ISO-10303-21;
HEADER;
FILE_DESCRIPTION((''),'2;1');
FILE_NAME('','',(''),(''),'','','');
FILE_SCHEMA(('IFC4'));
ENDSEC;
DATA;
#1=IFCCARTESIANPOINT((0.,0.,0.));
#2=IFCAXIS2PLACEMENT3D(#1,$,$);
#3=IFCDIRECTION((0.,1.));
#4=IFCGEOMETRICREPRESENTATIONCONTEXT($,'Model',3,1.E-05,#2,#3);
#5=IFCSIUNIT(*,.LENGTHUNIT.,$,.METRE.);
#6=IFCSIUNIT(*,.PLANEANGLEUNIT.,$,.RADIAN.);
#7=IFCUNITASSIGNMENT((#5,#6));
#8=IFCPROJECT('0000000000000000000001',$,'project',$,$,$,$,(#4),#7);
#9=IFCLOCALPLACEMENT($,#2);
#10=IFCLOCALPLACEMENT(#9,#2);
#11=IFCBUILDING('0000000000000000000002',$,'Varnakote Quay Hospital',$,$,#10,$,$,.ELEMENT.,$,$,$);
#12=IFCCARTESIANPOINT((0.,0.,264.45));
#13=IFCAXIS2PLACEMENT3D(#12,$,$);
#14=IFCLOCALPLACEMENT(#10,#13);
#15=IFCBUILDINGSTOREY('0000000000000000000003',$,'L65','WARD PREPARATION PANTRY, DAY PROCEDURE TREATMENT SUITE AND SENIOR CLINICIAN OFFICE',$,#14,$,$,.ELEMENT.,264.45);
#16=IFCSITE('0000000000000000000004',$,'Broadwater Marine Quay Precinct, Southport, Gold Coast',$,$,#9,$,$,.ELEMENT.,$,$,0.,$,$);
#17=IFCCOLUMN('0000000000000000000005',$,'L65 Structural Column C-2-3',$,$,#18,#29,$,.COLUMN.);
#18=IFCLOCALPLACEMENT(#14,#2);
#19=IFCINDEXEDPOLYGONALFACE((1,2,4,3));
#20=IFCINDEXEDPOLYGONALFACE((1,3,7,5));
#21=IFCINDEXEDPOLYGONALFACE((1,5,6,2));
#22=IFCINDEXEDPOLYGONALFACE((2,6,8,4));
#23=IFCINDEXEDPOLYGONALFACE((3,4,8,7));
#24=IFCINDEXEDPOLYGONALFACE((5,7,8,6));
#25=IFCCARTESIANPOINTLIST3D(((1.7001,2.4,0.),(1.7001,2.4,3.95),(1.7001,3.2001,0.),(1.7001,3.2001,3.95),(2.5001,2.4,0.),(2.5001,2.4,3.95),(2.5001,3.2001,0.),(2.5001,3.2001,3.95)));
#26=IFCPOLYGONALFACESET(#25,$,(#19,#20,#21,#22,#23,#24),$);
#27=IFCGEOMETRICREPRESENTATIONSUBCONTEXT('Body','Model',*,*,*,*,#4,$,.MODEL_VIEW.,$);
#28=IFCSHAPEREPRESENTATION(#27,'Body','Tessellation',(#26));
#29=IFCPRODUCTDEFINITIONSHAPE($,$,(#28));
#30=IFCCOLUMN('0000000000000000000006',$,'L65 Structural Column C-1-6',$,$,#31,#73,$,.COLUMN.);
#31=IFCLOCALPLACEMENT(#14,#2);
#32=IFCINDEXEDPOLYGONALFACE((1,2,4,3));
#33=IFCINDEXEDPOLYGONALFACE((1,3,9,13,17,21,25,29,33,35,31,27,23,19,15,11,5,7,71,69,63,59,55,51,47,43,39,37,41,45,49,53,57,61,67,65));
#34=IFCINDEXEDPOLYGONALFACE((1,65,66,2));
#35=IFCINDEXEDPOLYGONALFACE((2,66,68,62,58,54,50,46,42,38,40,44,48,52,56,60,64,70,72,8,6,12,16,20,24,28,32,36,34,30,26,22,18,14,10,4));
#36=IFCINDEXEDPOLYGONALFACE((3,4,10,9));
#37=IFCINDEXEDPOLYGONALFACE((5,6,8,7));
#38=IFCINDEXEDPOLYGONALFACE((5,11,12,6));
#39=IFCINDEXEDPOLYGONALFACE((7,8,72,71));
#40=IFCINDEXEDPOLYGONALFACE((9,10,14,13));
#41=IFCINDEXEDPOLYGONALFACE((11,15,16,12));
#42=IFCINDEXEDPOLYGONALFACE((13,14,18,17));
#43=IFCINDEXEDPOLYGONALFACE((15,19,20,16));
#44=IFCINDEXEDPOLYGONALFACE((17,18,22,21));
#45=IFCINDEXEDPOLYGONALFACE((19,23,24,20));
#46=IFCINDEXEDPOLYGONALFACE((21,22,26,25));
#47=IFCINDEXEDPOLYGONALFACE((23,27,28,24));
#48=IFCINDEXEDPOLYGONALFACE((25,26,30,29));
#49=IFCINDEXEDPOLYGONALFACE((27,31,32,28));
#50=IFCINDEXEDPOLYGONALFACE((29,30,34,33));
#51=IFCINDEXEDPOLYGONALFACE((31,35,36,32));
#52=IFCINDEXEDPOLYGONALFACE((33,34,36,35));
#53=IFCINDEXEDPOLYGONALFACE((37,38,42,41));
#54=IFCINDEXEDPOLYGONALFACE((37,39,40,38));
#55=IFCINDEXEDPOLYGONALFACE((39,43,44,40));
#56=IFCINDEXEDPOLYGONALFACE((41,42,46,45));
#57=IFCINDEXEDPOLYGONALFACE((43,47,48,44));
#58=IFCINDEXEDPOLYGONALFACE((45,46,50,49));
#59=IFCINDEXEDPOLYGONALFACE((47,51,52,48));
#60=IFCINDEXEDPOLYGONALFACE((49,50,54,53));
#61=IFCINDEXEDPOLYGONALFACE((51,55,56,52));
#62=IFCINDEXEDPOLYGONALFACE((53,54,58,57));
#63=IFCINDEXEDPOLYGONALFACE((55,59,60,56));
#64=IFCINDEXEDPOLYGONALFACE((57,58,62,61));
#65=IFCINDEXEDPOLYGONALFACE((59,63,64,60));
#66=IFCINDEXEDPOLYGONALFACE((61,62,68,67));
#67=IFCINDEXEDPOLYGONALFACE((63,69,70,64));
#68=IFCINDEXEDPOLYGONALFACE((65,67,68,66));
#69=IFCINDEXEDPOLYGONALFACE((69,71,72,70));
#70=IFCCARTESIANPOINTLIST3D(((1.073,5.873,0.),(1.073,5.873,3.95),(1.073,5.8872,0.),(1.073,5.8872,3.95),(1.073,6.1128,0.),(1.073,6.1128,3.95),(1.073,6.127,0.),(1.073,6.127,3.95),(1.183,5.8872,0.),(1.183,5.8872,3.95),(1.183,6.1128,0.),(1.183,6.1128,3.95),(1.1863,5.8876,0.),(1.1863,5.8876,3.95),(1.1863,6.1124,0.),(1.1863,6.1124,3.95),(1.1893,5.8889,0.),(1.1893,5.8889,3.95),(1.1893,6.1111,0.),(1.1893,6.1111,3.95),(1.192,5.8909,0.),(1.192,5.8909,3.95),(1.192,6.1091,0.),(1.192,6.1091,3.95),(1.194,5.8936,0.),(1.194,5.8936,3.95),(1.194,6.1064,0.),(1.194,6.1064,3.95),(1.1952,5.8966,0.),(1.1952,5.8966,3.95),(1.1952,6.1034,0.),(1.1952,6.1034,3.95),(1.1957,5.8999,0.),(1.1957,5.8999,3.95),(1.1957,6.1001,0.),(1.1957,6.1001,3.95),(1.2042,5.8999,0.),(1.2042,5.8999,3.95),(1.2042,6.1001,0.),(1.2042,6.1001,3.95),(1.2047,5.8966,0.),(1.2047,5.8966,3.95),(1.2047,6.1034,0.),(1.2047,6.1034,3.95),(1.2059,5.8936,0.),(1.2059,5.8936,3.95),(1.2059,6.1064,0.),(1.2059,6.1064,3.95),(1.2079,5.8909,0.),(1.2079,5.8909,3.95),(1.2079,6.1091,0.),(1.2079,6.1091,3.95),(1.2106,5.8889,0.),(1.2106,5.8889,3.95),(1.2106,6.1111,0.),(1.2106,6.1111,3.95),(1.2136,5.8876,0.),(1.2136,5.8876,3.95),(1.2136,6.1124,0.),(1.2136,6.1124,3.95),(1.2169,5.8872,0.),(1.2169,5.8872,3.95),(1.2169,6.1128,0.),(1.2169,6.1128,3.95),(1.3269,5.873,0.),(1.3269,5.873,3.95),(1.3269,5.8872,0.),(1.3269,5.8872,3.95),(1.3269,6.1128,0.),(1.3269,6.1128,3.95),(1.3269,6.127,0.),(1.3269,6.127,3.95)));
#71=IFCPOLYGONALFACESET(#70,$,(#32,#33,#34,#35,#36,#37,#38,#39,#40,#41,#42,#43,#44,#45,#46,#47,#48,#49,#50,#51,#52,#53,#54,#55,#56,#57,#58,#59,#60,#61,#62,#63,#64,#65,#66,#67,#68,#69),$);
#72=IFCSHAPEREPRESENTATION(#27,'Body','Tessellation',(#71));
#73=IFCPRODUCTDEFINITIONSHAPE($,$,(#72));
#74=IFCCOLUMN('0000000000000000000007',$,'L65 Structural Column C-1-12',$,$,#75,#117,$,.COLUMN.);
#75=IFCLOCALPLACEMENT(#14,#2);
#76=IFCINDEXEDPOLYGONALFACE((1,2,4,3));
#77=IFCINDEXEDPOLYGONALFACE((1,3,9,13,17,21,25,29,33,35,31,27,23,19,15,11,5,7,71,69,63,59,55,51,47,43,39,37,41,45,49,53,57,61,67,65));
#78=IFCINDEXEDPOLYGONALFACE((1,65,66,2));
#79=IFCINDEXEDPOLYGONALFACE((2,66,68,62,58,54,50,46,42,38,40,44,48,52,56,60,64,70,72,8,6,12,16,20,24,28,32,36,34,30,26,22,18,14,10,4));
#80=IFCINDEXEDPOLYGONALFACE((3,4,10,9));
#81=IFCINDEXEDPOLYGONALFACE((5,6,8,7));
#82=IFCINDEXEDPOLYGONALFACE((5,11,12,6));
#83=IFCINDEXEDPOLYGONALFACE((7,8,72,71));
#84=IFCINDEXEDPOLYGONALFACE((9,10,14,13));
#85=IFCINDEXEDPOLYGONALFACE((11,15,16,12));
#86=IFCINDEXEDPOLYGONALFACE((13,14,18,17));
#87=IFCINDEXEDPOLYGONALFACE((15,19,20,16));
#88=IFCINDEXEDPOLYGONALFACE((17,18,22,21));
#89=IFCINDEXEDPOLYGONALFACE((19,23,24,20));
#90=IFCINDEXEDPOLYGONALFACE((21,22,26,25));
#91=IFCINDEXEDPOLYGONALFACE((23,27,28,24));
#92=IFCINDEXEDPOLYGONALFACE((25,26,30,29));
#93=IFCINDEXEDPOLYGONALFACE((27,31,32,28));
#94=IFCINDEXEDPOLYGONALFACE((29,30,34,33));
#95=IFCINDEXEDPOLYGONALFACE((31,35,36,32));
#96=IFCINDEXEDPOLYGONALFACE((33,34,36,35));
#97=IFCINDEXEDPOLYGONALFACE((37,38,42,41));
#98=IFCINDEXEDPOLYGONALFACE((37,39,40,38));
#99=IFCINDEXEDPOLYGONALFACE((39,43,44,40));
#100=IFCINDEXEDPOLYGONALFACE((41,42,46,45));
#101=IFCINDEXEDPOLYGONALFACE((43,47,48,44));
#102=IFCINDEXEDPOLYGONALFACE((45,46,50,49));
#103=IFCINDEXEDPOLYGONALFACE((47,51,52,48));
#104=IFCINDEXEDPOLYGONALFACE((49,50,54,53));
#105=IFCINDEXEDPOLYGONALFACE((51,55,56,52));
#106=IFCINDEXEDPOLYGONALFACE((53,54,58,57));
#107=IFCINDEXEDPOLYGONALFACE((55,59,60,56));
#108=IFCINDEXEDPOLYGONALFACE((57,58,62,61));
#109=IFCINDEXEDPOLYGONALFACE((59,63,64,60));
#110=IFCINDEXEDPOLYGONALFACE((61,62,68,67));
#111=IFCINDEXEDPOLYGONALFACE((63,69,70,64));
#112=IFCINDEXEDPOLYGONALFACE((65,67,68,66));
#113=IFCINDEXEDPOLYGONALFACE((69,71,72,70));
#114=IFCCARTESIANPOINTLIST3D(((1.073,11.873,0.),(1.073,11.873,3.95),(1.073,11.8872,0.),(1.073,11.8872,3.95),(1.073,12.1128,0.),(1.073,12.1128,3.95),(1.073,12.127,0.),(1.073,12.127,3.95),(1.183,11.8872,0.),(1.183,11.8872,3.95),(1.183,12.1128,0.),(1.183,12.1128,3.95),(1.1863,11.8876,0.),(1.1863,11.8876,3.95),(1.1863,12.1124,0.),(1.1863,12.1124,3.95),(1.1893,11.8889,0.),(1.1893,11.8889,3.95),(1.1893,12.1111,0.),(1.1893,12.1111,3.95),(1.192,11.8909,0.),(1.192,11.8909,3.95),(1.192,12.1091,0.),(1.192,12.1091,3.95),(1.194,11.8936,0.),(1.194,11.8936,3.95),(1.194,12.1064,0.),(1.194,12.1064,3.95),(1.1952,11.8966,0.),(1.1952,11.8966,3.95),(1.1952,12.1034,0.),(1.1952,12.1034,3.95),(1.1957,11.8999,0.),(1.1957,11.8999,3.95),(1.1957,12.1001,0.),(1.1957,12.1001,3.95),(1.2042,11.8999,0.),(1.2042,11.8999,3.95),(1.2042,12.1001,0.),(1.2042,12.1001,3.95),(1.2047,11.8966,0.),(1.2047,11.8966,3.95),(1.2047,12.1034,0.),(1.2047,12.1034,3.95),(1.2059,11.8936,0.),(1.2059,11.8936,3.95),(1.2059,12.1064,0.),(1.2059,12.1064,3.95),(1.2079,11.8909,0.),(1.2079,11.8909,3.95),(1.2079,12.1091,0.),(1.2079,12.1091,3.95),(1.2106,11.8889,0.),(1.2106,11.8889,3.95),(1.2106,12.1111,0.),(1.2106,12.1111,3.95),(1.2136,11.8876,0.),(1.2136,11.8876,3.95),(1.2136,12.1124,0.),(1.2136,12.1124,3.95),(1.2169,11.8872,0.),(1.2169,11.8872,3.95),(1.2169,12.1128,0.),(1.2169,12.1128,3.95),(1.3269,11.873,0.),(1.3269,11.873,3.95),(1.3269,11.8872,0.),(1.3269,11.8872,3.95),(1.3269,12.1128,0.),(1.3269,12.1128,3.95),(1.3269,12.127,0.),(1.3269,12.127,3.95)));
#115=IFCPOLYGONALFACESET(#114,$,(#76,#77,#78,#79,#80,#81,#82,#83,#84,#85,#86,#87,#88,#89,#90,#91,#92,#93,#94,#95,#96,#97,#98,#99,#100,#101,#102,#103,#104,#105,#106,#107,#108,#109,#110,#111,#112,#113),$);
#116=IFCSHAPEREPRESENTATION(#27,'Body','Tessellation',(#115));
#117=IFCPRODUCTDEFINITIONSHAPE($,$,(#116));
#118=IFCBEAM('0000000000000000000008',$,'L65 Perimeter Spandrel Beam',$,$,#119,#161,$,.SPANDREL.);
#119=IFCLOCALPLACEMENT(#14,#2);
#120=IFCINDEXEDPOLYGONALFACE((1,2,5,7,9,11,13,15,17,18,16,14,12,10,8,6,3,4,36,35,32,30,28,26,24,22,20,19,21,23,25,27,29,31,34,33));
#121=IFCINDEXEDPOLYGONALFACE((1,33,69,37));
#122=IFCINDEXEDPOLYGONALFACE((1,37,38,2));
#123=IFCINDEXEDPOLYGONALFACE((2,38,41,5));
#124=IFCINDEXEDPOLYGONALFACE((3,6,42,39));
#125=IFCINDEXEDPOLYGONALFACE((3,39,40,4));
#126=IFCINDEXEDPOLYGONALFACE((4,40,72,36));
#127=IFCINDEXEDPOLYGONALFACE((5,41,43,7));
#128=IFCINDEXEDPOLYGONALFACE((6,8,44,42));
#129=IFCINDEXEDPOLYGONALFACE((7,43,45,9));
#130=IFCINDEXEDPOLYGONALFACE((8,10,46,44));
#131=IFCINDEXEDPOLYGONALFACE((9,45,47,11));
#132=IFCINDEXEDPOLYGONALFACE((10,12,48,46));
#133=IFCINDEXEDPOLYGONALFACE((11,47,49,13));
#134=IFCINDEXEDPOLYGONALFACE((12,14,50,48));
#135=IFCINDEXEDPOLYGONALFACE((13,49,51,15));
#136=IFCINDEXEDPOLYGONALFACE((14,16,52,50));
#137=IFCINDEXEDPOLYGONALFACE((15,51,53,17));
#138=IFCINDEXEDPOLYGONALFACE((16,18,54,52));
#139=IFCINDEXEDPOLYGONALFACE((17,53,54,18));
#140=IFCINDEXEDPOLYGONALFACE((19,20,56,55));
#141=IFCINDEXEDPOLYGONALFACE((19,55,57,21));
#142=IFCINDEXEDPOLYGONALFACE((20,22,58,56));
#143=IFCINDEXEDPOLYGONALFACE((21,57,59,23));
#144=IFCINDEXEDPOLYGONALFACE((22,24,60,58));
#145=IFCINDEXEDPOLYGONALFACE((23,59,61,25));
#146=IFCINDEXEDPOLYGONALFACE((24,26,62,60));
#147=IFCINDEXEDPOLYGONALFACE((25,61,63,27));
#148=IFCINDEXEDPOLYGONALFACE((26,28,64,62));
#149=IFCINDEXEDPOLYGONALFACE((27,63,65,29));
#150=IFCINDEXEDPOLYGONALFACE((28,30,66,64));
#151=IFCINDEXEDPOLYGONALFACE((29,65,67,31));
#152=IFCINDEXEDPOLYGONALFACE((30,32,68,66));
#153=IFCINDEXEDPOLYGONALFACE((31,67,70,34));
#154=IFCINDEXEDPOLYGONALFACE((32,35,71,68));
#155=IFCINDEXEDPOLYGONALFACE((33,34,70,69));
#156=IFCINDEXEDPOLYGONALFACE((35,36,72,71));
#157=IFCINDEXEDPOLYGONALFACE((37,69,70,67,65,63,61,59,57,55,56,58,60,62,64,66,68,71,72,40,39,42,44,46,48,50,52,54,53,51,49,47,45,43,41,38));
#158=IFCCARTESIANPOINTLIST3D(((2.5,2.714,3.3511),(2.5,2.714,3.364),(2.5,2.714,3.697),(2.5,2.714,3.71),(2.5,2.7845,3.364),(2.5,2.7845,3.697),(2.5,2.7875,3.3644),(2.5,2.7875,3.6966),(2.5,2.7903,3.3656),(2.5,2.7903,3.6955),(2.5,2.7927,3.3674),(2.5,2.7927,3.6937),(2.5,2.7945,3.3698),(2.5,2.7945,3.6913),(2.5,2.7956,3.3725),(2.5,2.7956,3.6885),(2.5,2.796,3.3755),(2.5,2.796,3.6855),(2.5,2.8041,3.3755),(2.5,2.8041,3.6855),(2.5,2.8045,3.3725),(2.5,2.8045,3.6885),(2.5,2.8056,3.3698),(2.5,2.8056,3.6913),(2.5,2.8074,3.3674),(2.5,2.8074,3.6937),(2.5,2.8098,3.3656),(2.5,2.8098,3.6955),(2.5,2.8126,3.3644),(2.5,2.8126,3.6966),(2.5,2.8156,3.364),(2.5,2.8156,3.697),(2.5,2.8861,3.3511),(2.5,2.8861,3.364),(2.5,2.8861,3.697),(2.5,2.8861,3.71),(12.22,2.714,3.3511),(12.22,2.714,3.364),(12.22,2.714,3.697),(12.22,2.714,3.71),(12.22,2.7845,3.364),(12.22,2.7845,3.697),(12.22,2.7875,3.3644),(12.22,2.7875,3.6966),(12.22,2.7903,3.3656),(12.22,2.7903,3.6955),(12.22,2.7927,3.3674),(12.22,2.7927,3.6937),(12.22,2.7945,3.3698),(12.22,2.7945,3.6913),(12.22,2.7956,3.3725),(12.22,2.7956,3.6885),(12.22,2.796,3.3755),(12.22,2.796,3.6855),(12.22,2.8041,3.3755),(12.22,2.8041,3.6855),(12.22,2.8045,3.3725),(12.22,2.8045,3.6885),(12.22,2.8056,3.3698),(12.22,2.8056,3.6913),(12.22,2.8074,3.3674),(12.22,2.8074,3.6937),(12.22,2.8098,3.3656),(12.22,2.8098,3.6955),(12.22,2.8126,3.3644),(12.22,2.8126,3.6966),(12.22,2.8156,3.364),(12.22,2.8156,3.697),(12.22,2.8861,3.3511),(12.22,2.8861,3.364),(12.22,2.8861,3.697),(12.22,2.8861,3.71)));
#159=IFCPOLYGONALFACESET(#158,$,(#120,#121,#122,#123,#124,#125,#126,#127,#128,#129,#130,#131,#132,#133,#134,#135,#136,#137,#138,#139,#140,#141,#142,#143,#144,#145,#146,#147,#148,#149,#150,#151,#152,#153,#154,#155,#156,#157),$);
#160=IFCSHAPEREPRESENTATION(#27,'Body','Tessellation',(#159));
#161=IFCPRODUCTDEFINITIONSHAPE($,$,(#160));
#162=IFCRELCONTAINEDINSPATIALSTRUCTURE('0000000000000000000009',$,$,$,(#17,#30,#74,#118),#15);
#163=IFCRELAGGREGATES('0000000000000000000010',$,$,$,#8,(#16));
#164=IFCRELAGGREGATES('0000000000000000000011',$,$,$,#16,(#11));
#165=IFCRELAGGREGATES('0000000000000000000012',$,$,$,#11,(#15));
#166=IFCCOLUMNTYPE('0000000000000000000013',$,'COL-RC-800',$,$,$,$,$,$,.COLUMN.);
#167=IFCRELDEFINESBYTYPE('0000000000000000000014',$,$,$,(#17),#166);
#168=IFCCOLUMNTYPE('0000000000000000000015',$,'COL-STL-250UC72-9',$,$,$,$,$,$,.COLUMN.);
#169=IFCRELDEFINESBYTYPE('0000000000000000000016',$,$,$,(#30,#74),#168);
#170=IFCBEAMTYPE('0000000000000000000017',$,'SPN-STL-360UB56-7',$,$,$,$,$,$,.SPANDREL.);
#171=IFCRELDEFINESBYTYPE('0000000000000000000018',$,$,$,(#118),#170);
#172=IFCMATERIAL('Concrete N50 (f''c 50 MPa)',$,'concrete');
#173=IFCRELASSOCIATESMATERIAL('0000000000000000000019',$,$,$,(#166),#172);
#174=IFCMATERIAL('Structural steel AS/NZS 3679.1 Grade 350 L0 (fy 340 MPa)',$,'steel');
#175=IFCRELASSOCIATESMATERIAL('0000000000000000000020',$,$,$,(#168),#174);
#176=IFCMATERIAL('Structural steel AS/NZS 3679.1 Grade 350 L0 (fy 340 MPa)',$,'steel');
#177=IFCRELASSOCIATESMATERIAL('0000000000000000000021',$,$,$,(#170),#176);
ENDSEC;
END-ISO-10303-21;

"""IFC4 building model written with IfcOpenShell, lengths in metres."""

from ifc_helpers import new_model, si_unit, direction, frame, origin, origin_2d, place, context, subcontext, project, spatial, rectangle, i_section, extrude, material, material_profile, profile_set, type_object, element, save


model = new_model("IFC4")

# Units and contexts
model_context = context("Model", 3, precision=1e-05, world=origin(), true_north=direction((0.0, 1.0)))
body_context = subcontext(model_context, "Body", "Model", "MODEL_VIEW")
ifc_project = project(units=[si_unit("LENGTHUNIT", "METRE"), si_unit("PLANEANGLEUNIT", "RADIAN")], contexts=[model_context])

# Site, building, storey
site_placement = place(None, origin())
site = spatial("IfcSite", under=ifc_project, at=site_placement, Name="Broadwater Marine Quay Precinct, Southport, Gold Coast", CompositionType="ELEMENT", RefElevation=0.0)
building_placement = place(site_placement, origin())
building = spatial("IfcBuilding", under=site, at=building_placement, Name="Varnakote Quay Hospital", CompositionType="ELEMENT")
storey_placement = place(building_placement, frame((0.0, 0.0, 264.45)))
storey = spatial("IfcBuildingStorey", under=building, at=storey_placement, Name="L65", Description="WARD PREPARATION PANTRY, DAY PROCEDURE TREATMENT SUITE AND SENIOR CLINICIAN OFFICE", CompositionType="ELEMENT", Elevation=264.45)

# Columns
ifc_material_1 = material(Name="Concrete N50 (f'c 50 MPa)", Category="concrete")
ifc_material_profile_1 = material_profile(ifc_material_1, rectangle(XDim=0.8, YDim=0.8, at=origin_2d()), Name="RC-COL-800x800")
ifc_profile_set_1 = profile_set([ifc_material_profile_1], Name="Concrete N50 (f'c 50 MPa)")
column_type_1 = type_object("IfcColumnType", Name="COL-RC-800", PredefinedType="COLUMN", material=ifc_profile_set_1)
column_placement = place(storey_placement, frame((2.1001, 2.8, 0.0), z_axis=(0.0, 0.0, 1.0), x_axis=(1.0, 0.0, 0.0)))
element("IfcColumn", 1, at=column_placement, inside=storey, type_object=column_type_1, Name="L65 Structural Column C-2-3", PredefinedType="COLUMN", context=body_context, shape_type="SweptSolid", body=[
    extrude(rectangle(XDim=0.8, YDim=0.8, at=origin_2d()), origin(), (0.0, 0.0, 1.0), 3.95),
])
ifc_material_2 = material(Name="Structural steel AS/NZS 3679.1 Grade 350 L0 (fy 340 MPa)", Category="steel")
ifc_material_profile_2 = material_profile(ifc_material_2, i_section(OverallWidth=0.2539, OverallDepth=0.2539, WebThickness=0.0085, FlangeThickness=0.0142, FilletRadius=0.0127, at=origin_2d()), Name="250UC72.9")
ifc_profile_set_2 = profile_set([ifc_material_profile_2], Name="Structural steel AS/NZS 3679.1 Grade 350 L0 (fy 340 MPa)")
column_type_2 = type_object("IfcColumnType", Name="COL-STL-250UC72-9", PredefinedType="COLUMN", material=ifc_profile_set_2)
for number, where, z_axis, x_axis, name in (
    (2, (1.2, 6.0, 0.0), (0.0, 0.0, 1.0), (1.0, 0.0, 0.0), "L65 Structural Column C-1-6"),
    (3, (1.2, 12.0, 0.0), (0.0, 0.0, 1.0), (1.0, 0.0, 0.0), "L65 Structural Column C-1-12"),
):
    element("IfcColumn", number, at=place(storey_placement, frame(where, z_axis=z_axis, x_axis=x_axis)), inside=storey, type_object=column_type_2, Name=name, PredefinedType="COLUMN", context=body_context, shape_type="SweptSolid", body=[
        extrude(i_section(OverallWidth=0.2539, OverallDepth=0.2539, WebThickness=0.0085, FlangeThickness=0.0142, FilletRadius=0.0127, at=origin_2d()), origin(), (0.0, 0.0, 1.0), 3.95),
    ])

# Beam
ifc_material_3 = material(Name="Structural steel AS/NZS 3679.1 Grade 350 L0 (fy 340 MPa)", Category="steel")
ifc_material_profile_3 = material_profile(ifc_material_3, i_section(OverallWidth=0.1721, OverallDepth=0.3589, WebThickness=0.0081, FlangeThickness=0.0129, FilletRadius=0.0115, at=origin_2d()), Name="360UB56.7")
ifc_profile_set_3 = profile_set([ifc_material_profile_3], Name="Structural steel AS/NZS 3679.1 Grade 350 L0 (fy 340 MPa)")
beam_type_1 = type_object("IfcBeamType", Name="SPN-STL-360UB56-7", PredefinedType="SPANDREL", material=ifc_profile_set_3)
beam_1_placement = place(storey_placement, frame((2.5, 2.8, 3.5305), z_axis=(1.0, 0.0, 0.0), x_axis=(0.0, 1.0, 0.0)))
element("IfcBeam", 4, at=beam_1_placement, inside=storey, type_object=beam_type_1, Name="L65 Perimeter Spandrel Beam", PredefinedType="SPANDREL", context=body_context, shape_type="SweptSolid", body=[
    extrude(i_section(OverallWidth=0.1721, OverallDepth=0.3589, WebThickness=0.0081, FlangeThickness=0.0129, FilletRadius=0.0115, at=origin_2d()), origin(), (0.0, 0.0, 1.0), 9.72),
])

save(model, "model.ifc")
